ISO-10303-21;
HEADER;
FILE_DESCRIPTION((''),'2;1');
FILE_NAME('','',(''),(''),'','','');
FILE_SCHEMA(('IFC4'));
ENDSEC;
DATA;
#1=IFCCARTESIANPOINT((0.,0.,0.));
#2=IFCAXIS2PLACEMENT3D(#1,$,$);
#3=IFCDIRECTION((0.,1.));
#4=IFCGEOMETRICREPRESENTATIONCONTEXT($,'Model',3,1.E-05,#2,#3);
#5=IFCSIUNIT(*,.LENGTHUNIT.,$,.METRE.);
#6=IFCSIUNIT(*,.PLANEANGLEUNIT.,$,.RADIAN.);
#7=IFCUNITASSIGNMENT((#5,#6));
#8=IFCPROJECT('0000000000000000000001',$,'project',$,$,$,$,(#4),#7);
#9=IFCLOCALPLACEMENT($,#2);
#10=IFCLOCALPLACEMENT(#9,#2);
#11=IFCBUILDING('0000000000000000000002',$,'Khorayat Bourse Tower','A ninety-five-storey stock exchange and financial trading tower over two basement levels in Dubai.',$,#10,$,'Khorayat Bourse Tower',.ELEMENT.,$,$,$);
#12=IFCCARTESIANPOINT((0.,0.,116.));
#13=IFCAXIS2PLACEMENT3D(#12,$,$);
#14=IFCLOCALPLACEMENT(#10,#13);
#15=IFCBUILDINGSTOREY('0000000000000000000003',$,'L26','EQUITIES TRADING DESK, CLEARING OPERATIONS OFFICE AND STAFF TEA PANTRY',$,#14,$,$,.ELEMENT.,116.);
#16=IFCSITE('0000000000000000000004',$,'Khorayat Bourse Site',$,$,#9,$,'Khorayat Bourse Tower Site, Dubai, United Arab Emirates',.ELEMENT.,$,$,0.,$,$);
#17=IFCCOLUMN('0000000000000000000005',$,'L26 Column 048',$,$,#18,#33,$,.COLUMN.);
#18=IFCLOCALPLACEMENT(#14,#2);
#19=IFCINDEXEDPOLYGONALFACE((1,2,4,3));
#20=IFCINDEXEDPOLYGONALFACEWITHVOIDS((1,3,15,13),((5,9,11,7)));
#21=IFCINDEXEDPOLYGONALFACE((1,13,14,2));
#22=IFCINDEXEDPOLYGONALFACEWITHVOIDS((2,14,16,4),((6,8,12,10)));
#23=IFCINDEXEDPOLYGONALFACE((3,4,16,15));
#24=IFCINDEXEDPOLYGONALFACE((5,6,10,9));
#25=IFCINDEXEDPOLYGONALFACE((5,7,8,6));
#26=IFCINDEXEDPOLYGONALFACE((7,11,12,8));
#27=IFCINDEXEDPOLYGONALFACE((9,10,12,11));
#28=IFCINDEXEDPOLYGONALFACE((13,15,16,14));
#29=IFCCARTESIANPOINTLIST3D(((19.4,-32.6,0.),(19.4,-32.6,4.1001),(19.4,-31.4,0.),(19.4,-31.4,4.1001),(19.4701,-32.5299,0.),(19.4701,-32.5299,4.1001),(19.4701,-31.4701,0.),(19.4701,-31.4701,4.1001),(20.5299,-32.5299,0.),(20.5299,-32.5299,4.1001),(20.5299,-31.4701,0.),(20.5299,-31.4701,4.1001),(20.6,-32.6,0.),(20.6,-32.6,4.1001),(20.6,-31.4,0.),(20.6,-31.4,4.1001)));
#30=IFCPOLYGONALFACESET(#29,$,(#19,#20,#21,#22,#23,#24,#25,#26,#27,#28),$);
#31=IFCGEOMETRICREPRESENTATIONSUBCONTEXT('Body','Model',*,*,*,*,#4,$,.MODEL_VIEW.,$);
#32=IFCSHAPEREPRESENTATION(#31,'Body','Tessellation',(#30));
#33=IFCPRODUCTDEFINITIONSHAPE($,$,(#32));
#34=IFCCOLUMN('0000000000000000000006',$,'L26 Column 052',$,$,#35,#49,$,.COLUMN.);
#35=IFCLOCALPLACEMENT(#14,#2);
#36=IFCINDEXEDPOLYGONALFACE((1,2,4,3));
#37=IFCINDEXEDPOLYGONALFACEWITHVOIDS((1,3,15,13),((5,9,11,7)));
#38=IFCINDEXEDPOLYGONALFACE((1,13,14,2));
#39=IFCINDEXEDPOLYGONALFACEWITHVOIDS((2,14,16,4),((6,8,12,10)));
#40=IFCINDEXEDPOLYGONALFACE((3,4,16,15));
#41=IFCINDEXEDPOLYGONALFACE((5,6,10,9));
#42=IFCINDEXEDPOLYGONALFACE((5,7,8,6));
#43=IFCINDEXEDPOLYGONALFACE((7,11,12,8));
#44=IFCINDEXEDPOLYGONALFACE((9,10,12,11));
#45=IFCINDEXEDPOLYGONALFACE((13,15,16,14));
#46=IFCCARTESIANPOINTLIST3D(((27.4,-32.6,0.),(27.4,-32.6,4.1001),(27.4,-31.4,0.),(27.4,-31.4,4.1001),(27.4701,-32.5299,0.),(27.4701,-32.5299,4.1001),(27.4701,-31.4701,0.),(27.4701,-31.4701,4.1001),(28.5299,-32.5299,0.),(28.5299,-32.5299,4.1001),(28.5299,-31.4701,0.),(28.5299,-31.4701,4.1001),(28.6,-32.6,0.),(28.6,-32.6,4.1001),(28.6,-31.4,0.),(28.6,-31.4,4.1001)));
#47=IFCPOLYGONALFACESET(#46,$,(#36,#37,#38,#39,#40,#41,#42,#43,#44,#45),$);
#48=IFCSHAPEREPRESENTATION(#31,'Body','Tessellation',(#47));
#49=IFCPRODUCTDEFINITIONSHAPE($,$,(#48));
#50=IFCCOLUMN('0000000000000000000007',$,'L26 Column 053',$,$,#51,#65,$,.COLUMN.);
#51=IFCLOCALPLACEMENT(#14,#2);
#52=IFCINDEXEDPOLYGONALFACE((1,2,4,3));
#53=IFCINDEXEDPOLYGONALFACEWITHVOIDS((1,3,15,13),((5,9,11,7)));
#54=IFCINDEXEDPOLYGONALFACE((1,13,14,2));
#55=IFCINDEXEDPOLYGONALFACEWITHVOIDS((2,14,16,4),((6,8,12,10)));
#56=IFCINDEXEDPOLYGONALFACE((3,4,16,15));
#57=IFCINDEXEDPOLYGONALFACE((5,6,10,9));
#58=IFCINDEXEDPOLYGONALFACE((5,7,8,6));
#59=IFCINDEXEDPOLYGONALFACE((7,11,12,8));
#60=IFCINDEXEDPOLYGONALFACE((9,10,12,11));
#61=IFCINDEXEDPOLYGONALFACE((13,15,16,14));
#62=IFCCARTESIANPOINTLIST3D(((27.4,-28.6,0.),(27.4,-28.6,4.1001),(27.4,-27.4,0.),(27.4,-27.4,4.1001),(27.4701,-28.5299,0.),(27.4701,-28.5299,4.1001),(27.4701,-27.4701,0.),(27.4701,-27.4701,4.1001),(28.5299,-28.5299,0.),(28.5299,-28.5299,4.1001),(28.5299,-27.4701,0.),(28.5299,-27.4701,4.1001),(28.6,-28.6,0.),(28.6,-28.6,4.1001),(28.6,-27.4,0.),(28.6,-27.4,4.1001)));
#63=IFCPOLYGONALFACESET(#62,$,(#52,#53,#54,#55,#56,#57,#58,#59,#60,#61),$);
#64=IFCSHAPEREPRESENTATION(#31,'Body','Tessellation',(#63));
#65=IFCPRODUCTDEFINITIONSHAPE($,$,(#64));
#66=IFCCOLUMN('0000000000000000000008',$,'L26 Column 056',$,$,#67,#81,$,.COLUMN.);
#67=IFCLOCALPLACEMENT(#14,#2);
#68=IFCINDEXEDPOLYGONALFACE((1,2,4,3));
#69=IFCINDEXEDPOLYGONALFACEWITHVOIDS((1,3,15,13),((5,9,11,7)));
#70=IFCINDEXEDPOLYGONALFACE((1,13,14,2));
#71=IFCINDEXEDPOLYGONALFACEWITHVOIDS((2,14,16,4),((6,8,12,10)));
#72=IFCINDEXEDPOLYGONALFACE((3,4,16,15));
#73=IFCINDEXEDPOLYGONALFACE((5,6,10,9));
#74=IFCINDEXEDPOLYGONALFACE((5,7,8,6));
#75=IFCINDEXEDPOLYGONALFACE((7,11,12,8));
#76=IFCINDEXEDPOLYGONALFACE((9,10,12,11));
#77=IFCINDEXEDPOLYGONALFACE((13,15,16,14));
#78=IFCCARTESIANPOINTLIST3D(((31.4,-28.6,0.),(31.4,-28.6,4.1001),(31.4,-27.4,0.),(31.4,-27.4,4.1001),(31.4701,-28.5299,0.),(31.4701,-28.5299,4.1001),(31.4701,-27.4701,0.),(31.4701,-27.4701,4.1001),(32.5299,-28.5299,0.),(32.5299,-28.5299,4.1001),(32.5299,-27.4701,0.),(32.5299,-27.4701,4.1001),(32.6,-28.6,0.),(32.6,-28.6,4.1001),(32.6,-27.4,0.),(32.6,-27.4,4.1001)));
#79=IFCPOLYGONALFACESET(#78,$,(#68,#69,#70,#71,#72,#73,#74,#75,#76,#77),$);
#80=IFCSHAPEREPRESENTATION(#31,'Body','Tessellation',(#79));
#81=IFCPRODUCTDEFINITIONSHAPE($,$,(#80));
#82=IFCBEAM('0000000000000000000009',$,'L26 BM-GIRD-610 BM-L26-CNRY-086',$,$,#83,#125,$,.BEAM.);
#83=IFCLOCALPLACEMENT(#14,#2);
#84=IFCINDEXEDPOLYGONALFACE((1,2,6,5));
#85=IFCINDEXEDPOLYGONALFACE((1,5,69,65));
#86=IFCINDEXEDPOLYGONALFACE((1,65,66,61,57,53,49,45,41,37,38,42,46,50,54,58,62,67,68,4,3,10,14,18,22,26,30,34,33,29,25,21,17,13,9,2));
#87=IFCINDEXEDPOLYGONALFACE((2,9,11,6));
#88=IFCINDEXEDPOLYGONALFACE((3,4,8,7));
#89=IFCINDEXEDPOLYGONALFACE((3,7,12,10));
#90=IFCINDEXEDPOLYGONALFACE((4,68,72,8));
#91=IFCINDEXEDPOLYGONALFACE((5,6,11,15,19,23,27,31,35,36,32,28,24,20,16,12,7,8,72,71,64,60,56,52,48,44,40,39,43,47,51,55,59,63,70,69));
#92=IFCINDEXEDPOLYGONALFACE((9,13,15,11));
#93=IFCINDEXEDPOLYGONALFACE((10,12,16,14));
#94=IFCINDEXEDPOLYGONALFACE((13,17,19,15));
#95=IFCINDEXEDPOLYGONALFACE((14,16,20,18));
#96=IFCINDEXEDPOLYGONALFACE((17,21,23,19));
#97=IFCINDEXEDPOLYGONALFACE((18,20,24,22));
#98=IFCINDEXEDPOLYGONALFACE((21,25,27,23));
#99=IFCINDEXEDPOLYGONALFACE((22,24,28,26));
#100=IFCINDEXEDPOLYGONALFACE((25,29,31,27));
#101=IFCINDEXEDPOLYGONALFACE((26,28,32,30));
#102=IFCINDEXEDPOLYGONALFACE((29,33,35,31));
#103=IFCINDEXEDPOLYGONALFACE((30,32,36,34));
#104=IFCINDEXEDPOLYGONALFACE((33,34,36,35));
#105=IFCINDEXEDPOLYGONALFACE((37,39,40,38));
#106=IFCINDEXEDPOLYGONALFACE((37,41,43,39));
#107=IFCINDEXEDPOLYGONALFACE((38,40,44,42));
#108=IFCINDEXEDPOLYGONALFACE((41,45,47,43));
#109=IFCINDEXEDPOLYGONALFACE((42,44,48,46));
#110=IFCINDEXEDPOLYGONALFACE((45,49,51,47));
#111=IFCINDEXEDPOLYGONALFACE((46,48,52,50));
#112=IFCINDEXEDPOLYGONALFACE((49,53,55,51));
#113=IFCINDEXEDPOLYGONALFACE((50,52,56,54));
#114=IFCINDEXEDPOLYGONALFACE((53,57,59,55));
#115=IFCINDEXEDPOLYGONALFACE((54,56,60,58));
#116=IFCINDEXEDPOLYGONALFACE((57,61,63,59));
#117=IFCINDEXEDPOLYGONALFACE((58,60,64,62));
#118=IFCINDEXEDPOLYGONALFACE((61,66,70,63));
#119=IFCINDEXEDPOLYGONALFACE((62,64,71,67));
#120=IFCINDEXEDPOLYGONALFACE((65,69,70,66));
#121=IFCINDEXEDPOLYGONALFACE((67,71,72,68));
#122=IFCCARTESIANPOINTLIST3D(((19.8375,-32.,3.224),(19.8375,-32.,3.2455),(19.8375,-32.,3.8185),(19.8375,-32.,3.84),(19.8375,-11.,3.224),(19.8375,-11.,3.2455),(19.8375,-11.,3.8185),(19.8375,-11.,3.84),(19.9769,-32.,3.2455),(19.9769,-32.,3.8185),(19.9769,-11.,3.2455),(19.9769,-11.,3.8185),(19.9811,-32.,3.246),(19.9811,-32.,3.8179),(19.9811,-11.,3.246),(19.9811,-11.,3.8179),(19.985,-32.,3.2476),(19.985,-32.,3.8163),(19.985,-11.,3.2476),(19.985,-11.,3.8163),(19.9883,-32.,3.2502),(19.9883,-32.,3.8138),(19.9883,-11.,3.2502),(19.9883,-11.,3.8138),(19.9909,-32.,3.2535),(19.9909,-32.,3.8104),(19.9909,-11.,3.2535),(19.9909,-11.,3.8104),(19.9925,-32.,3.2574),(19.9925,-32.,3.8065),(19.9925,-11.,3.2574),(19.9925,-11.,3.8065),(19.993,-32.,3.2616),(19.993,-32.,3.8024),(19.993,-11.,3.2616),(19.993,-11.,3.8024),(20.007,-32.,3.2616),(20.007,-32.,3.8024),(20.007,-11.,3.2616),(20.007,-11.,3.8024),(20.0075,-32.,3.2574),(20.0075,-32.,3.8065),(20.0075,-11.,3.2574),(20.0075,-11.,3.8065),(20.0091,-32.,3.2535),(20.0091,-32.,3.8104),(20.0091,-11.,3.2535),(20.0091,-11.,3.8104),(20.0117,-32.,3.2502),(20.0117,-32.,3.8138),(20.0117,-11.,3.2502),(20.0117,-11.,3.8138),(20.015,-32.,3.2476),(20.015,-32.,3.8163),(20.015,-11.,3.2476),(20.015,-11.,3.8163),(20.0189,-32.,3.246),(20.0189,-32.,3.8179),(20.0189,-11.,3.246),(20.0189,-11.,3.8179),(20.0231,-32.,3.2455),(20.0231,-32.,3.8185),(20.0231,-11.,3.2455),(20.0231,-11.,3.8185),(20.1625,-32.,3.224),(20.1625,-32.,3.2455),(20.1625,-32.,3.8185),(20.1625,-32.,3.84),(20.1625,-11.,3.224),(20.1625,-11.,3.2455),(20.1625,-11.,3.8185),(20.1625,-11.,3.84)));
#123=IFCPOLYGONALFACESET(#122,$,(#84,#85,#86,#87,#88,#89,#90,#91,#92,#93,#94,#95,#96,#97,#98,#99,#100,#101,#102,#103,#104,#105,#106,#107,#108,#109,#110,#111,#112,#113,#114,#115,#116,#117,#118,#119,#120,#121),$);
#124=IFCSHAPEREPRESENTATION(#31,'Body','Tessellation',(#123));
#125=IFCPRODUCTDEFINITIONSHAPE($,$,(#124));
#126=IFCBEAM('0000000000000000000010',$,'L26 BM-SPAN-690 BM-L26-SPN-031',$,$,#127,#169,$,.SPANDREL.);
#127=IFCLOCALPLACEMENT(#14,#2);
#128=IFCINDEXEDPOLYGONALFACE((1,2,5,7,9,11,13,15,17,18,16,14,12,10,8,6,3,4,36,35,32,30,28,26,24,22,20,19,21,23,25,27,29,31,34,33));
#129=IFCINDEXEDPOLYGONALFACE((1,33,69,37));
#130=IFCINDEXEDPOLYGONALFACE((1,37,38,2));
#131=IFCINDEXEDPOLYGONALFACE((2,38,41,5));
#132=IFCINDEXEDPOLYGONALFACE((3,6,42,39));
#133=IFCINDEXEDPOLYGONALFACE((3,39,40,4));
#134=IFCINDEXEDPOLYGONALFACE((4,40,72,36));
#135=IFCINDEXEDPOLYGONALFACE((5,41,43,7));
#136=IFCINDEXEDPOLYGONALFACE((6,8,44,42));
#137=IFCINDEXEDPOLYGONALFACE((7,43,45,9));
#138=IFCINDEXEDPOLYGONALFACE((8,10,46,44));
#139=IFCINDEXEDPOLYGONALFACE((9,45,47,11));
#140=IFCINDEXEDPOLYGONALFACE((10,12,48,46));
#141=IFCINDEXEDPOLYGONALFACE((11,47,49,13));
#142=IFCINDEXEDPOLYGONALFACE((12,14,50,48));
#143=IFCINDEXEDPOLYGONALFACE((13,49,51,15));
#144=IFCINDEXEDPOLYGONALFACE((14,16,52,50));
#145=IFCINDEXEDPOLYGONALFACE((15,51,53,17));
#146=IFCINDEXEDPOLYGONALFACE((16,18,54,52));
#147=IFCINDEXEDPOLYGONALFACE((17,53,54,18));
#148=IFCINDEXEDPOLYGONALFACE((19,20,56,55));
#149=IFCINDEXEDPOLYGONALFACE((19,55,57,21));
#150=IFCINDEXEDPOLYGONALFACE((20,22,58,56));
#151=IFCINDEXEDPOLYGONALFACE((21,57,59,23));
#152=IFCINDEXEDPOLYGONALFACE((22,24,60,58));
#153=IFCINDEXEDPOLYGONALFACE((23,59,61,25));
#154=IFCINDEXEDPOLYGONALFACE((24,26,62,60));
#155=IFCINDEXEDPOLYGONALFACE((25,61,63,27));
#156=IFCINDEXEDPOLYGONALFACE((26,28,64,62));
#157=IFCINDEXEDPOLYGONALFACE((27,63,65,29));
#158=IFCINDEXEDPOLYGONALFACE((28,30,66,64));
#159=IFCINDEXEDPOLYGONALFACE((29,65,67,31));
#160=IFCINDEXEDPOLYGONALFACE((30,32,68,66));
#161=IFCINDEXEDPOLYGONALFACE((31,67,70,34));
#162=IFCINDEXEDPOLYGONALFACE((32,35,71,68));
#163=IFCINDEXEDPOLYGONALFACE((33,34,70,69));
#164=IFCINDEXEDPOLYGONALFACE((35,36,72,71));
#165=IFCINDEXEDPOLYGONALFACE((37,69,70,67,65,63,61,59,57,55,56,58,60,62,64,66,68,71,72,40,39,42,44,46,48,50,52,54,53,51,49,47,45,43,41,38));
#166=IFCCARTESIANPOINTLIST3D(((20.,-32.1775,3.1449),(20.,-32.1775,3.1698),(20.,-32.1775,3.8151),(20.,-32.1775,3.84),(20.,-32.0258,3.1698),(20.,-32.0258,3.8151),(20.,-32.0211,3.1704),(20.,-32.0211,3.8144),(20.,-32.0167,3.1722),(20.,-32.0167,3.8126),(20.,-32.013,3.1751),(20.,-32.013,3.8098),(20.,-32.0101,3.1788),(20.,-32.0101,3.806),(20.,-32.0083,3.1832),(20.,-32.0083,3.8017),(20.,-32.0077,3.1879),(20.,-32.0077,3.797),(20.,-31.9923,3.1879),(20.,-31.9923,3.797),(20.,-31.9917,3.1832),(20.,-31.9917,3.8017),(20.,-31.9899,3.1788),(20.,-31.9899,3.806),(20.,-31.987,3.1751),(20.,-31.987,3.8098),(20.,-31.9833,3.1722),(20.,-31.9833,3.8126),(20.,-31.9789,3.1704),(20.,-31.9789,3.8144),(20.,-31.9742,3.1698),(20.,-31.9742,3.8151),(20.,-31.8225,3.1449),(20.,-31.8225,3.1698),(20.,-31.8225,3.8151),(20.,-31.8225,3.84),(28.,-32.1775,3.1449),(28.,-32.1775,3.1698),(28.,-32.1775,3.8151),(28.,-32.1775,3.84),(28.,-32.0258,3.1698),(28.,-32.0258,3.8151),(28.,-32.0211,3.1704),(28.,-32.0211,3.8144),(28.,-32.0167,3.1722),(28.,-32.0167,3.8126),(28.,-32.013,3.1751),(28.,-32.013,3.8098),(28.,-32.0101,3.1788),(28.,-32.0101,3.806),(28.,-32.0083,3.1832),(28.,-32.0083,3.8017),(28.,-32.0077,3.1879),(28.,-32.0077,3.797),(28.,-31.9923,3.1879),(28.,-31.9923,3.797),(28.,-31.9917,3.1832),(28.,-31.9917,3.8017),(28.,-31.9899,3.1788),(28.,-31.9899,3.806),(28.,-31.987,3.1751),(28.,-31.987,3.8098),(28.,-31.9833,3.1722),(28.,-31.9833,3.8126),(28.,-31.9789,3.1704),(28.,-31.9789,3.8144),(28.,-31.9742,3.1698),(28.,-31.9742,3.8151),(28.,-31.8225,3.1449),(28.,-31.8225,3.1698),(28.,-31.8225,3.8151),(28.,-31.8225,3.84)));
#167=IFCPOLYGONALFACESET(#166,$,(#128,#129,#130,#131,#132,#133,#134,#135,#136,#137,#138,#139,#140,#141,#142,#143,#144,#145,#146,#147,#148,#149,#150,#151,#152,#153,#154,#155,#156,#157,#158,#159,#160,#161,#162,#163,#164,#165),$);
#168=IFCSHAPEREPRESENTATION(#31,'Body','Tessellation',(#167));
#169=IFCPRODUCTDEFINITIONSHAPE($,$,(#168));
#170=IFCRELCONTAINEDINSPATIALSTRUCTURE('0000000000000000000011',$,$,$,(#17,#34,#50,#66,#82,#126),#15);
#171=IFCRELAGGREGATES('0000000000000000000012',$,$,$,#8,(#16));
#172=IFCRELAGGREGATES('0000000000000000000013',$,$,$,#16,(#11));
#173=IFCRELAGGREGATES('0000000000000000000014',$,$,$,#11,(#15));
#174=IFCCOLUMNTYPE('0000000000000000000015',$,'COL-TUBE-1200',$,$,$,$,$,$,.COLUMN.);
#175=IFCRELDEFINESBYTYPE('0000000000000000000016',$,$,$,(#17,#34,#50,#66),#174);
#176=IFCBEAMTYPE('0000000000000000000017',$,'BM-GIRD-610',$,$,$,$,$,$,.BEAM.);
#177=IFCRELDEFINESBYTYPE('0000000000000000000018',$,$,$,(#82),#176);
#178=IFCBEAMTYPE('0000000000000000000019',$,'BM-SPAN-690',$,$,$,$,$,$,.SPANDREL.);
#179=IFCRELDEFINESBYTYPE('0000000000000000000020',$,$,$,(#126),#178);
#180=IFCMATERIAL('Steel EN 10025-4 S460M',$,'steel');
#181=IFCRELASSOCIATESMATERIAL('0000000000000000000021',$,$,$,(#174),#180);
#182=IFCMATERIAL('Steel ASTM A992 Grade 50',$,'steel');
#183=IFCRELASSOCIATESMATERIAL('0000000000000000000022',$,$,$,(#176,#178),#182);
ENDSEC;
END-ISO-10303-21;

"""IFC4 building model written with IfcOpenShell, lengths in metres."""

from ifc_helpers import new_model, si_unit, direction, frame, origin, origin_2d, place, context, subcontext, project, spatial, hollow_rectangle, i_section, extrude, source, transform, mapped, material, material_profile, profile_set, type_object, element, save


model = new_model("IFC4")

# Units and contexts
model_context = context("Model", 3, precision=1e-05, world=origin(), true_north=direction((0.0, 1.0)))
body_context = subcontext(model_context, "Body", "Model", "MODEL_VIEW")
ifc_project = project(units=[si_unit("LENGTHUNIT", "METRE"), si_unit("PLANEANGLEUNIT", "RADIAN")], contexts=[model_context])

# Site, building, storey
site_placement = place(None, origin())
site = spatial("IfcSite", under=ifc_project, at=site_placement, Name="Khorayat Bourse Site", LongName="Khorayat Bourse Tower Site, Dubai, United Arab Emirates", CompositionType="ELEMENT", RefElevation=0.0)
building_placement = place(site_placement, origin())
building = spatial("IfcBuilding", under=site, at=building_placement, Name="Khorayat Bourse Tower", Description="A ninety-five-storey stock exchange and financial trading tower over two basement levels in Dubai.", LongName="Khorayat Bourse Tower", CompositionType="ELEMENT")
storey_placement = place(building_placement, frame((0.0, 0.0, 116.0)))
storey = spatial("IfcBuildingStorey", under=building, at=storey_placement, Name="L26", Description="EQUITIES TRADING DESK, CLEARING OPERATIONS OFFICE AND STAFF TEA PANTRY", CompositionType="ELEMENT", Elevation=116.0)

# Columns
ifc_material_1 = material(Name="Steel EN 10025-4 S460M", Category="steel")
ifc_material_profile_1 = material_profile(ifc_material_1, hollow_rectangle(XDim=1.2, YDim=1.2, WallThickness=0.0701, at=origin_2d()), Name="BOX 1200x1200x70")
ifc_profile_set_1 = profile_set([ifc_material_profile_1], Name="Steel EN 10025-4 S460M")
column_type = type_object("IfcColumnType", Name="COL-TUBE-1200", PredefinedType="COLUMN", material=ifc_profile_set_1)
shared_shape_1 = source(origin(), body_context, "Body", "SweptSolid", [
    extrude(hollow_rectangle(XDim=1.2, YDim=1.2, WallThickness=0.0701, at=origin_2d()), origin(), (0.0, 0.0, 1.0), 4.1001),
])
for number, where, z_axis, x_axis, name in (
    (1, (20.0, -32.0, 0.0), (0.0, 0.0, 1.0), (1.0, 0.0, 0.0), "L26 Column 048"),
    (2, (28.0, -32.0, 0.0), (0.0, 0.0, 1.0), (1.0, 0.0, 0.0), "L26 Column 052"),
    (3, (28.0, -28.0, 0.0), (0.0, 0.0, 1.0), (1.0, 0.0, 0.0), "L26 Column 053"),
    (4, (32.0, -28.0, 0.0), (0.0, 0.0, 1.0), (1.0, 0.0, 0.0), "L26 Column 056"),
):
    element("IfcColumn", number, at=place(storey_placement, frame(where, z_axis=z_axis, x_axis=x_axis)), inside=storey, type_object=column_type, Name=name, PredefinedType="COLUMN", context=body_context, shape_type="MappedRepresentation", body=[
        mapped(shared_shape_1, transform((0.0, 0.0, 0.0), scale=1.0)),
    ])

# Beams
ifc_material_2 = material(Name="Steel ASTM A992 Grade 50", Category="steel")
ifc_material_profile_2 = material_profile(ifc_material_2, i_section(OverallWidth=0.325, OverallDepth=0.616, WebThickness=0.0139, FlangeThickness=0.0215, FilletRadius=0.0161, at=origin_2d()), Name="W610X174")
ifc_profile_set_2 = profile_set([ifc_material_profile_2], Name="Steel ASTM A992 Grade 50")
beam_type_1 = type_object("IfcBeamType", Name="BM-GIRD-610", PredefinedType="BEAM", material=ifc_profile_set_2)
shared_shape_2 = source(origin(), body_context, "Body", "SweptSolid", [
    extrude(i_section(OverallWidth=0.325, OverallDepth=0.616, WebThickness=0.0139, FlangeThickness=0.0215, FilletRadius=0.0161, at=origin_2d()), origin(), (0.0, 0.0, 1.0), 21.0),
])
beam_1_placement = place(storey_placement, frame((20.0, -32.0, 3.532), z_axis=(0.0, 1.0, 0.0), x_axis=(-1.0, 0.0, 0.0)))
element("IfcBeam", 5, at=beam_1_placement, inside=storey, type_object=beam_type_1, Name="L26 BM-GIRD-610 BM-L26-CNRY-086", PredefinedType="BEAM", context=body_context, shape_type="MappedRepresentation", body=[
    mapped(shared_shape_2, transform((0.0, 0.0, 0.0), scale=1.0)),
])
ifc_material_profile_3 = material_profile(ifc_material_2, i_section(OverallWidth=0.355, OverallDepth=0.6951, WebThickness=0.0154, FlangeThickness=0.0249, FilletRadius=0.0181, at=origin_2d()), Name="W690X217")
ifc_profile_set_3 = profile_set([ifc_material_profile_3], Name="Steel ASTM A992 Grade 50")
beam_type_2 = type_object("IfcBeamType", Name="BM-SPAN-690", PredefinedType="SPANDREL", material=ifc_profile_set_3)
shared_shape_3 = source(origin(), body_context, "Body", "SweptSolid", [
    extrude(i_section(OverallWidth=0.355, OverallDepth=0.6951, WebThickness=0.0154, FlangeThickness=0.0249, FilletRadius=0.0181, at=origin_2d()), origin(), (0.0, 0.0, 1.0), 8.0),
])
for number, where, z_axis, x_axis, name in (
    (6, (20.0, -32.0, 3.4924), (1.0, 0.0, 0.0), (0.0, 1.0, 0.0), "L26 BM-SPAN-690 BM-L26-SPN-031"),
):
    element("IfcBeam", number, at=place(storey_placement, frame(where, z_axis=z_axis, x_axis=x_axis)), inside=storey, type_object=beam_type_2, Name=name, PredefinedType="SPANDREL", context=body_context, shape_type="MappedRepresentation", body=[
        mapped(shared_shape_3, transform((0.0, 0.0, 0.0), scale=1.0)),
    ])

save(model, "model.ifc")
